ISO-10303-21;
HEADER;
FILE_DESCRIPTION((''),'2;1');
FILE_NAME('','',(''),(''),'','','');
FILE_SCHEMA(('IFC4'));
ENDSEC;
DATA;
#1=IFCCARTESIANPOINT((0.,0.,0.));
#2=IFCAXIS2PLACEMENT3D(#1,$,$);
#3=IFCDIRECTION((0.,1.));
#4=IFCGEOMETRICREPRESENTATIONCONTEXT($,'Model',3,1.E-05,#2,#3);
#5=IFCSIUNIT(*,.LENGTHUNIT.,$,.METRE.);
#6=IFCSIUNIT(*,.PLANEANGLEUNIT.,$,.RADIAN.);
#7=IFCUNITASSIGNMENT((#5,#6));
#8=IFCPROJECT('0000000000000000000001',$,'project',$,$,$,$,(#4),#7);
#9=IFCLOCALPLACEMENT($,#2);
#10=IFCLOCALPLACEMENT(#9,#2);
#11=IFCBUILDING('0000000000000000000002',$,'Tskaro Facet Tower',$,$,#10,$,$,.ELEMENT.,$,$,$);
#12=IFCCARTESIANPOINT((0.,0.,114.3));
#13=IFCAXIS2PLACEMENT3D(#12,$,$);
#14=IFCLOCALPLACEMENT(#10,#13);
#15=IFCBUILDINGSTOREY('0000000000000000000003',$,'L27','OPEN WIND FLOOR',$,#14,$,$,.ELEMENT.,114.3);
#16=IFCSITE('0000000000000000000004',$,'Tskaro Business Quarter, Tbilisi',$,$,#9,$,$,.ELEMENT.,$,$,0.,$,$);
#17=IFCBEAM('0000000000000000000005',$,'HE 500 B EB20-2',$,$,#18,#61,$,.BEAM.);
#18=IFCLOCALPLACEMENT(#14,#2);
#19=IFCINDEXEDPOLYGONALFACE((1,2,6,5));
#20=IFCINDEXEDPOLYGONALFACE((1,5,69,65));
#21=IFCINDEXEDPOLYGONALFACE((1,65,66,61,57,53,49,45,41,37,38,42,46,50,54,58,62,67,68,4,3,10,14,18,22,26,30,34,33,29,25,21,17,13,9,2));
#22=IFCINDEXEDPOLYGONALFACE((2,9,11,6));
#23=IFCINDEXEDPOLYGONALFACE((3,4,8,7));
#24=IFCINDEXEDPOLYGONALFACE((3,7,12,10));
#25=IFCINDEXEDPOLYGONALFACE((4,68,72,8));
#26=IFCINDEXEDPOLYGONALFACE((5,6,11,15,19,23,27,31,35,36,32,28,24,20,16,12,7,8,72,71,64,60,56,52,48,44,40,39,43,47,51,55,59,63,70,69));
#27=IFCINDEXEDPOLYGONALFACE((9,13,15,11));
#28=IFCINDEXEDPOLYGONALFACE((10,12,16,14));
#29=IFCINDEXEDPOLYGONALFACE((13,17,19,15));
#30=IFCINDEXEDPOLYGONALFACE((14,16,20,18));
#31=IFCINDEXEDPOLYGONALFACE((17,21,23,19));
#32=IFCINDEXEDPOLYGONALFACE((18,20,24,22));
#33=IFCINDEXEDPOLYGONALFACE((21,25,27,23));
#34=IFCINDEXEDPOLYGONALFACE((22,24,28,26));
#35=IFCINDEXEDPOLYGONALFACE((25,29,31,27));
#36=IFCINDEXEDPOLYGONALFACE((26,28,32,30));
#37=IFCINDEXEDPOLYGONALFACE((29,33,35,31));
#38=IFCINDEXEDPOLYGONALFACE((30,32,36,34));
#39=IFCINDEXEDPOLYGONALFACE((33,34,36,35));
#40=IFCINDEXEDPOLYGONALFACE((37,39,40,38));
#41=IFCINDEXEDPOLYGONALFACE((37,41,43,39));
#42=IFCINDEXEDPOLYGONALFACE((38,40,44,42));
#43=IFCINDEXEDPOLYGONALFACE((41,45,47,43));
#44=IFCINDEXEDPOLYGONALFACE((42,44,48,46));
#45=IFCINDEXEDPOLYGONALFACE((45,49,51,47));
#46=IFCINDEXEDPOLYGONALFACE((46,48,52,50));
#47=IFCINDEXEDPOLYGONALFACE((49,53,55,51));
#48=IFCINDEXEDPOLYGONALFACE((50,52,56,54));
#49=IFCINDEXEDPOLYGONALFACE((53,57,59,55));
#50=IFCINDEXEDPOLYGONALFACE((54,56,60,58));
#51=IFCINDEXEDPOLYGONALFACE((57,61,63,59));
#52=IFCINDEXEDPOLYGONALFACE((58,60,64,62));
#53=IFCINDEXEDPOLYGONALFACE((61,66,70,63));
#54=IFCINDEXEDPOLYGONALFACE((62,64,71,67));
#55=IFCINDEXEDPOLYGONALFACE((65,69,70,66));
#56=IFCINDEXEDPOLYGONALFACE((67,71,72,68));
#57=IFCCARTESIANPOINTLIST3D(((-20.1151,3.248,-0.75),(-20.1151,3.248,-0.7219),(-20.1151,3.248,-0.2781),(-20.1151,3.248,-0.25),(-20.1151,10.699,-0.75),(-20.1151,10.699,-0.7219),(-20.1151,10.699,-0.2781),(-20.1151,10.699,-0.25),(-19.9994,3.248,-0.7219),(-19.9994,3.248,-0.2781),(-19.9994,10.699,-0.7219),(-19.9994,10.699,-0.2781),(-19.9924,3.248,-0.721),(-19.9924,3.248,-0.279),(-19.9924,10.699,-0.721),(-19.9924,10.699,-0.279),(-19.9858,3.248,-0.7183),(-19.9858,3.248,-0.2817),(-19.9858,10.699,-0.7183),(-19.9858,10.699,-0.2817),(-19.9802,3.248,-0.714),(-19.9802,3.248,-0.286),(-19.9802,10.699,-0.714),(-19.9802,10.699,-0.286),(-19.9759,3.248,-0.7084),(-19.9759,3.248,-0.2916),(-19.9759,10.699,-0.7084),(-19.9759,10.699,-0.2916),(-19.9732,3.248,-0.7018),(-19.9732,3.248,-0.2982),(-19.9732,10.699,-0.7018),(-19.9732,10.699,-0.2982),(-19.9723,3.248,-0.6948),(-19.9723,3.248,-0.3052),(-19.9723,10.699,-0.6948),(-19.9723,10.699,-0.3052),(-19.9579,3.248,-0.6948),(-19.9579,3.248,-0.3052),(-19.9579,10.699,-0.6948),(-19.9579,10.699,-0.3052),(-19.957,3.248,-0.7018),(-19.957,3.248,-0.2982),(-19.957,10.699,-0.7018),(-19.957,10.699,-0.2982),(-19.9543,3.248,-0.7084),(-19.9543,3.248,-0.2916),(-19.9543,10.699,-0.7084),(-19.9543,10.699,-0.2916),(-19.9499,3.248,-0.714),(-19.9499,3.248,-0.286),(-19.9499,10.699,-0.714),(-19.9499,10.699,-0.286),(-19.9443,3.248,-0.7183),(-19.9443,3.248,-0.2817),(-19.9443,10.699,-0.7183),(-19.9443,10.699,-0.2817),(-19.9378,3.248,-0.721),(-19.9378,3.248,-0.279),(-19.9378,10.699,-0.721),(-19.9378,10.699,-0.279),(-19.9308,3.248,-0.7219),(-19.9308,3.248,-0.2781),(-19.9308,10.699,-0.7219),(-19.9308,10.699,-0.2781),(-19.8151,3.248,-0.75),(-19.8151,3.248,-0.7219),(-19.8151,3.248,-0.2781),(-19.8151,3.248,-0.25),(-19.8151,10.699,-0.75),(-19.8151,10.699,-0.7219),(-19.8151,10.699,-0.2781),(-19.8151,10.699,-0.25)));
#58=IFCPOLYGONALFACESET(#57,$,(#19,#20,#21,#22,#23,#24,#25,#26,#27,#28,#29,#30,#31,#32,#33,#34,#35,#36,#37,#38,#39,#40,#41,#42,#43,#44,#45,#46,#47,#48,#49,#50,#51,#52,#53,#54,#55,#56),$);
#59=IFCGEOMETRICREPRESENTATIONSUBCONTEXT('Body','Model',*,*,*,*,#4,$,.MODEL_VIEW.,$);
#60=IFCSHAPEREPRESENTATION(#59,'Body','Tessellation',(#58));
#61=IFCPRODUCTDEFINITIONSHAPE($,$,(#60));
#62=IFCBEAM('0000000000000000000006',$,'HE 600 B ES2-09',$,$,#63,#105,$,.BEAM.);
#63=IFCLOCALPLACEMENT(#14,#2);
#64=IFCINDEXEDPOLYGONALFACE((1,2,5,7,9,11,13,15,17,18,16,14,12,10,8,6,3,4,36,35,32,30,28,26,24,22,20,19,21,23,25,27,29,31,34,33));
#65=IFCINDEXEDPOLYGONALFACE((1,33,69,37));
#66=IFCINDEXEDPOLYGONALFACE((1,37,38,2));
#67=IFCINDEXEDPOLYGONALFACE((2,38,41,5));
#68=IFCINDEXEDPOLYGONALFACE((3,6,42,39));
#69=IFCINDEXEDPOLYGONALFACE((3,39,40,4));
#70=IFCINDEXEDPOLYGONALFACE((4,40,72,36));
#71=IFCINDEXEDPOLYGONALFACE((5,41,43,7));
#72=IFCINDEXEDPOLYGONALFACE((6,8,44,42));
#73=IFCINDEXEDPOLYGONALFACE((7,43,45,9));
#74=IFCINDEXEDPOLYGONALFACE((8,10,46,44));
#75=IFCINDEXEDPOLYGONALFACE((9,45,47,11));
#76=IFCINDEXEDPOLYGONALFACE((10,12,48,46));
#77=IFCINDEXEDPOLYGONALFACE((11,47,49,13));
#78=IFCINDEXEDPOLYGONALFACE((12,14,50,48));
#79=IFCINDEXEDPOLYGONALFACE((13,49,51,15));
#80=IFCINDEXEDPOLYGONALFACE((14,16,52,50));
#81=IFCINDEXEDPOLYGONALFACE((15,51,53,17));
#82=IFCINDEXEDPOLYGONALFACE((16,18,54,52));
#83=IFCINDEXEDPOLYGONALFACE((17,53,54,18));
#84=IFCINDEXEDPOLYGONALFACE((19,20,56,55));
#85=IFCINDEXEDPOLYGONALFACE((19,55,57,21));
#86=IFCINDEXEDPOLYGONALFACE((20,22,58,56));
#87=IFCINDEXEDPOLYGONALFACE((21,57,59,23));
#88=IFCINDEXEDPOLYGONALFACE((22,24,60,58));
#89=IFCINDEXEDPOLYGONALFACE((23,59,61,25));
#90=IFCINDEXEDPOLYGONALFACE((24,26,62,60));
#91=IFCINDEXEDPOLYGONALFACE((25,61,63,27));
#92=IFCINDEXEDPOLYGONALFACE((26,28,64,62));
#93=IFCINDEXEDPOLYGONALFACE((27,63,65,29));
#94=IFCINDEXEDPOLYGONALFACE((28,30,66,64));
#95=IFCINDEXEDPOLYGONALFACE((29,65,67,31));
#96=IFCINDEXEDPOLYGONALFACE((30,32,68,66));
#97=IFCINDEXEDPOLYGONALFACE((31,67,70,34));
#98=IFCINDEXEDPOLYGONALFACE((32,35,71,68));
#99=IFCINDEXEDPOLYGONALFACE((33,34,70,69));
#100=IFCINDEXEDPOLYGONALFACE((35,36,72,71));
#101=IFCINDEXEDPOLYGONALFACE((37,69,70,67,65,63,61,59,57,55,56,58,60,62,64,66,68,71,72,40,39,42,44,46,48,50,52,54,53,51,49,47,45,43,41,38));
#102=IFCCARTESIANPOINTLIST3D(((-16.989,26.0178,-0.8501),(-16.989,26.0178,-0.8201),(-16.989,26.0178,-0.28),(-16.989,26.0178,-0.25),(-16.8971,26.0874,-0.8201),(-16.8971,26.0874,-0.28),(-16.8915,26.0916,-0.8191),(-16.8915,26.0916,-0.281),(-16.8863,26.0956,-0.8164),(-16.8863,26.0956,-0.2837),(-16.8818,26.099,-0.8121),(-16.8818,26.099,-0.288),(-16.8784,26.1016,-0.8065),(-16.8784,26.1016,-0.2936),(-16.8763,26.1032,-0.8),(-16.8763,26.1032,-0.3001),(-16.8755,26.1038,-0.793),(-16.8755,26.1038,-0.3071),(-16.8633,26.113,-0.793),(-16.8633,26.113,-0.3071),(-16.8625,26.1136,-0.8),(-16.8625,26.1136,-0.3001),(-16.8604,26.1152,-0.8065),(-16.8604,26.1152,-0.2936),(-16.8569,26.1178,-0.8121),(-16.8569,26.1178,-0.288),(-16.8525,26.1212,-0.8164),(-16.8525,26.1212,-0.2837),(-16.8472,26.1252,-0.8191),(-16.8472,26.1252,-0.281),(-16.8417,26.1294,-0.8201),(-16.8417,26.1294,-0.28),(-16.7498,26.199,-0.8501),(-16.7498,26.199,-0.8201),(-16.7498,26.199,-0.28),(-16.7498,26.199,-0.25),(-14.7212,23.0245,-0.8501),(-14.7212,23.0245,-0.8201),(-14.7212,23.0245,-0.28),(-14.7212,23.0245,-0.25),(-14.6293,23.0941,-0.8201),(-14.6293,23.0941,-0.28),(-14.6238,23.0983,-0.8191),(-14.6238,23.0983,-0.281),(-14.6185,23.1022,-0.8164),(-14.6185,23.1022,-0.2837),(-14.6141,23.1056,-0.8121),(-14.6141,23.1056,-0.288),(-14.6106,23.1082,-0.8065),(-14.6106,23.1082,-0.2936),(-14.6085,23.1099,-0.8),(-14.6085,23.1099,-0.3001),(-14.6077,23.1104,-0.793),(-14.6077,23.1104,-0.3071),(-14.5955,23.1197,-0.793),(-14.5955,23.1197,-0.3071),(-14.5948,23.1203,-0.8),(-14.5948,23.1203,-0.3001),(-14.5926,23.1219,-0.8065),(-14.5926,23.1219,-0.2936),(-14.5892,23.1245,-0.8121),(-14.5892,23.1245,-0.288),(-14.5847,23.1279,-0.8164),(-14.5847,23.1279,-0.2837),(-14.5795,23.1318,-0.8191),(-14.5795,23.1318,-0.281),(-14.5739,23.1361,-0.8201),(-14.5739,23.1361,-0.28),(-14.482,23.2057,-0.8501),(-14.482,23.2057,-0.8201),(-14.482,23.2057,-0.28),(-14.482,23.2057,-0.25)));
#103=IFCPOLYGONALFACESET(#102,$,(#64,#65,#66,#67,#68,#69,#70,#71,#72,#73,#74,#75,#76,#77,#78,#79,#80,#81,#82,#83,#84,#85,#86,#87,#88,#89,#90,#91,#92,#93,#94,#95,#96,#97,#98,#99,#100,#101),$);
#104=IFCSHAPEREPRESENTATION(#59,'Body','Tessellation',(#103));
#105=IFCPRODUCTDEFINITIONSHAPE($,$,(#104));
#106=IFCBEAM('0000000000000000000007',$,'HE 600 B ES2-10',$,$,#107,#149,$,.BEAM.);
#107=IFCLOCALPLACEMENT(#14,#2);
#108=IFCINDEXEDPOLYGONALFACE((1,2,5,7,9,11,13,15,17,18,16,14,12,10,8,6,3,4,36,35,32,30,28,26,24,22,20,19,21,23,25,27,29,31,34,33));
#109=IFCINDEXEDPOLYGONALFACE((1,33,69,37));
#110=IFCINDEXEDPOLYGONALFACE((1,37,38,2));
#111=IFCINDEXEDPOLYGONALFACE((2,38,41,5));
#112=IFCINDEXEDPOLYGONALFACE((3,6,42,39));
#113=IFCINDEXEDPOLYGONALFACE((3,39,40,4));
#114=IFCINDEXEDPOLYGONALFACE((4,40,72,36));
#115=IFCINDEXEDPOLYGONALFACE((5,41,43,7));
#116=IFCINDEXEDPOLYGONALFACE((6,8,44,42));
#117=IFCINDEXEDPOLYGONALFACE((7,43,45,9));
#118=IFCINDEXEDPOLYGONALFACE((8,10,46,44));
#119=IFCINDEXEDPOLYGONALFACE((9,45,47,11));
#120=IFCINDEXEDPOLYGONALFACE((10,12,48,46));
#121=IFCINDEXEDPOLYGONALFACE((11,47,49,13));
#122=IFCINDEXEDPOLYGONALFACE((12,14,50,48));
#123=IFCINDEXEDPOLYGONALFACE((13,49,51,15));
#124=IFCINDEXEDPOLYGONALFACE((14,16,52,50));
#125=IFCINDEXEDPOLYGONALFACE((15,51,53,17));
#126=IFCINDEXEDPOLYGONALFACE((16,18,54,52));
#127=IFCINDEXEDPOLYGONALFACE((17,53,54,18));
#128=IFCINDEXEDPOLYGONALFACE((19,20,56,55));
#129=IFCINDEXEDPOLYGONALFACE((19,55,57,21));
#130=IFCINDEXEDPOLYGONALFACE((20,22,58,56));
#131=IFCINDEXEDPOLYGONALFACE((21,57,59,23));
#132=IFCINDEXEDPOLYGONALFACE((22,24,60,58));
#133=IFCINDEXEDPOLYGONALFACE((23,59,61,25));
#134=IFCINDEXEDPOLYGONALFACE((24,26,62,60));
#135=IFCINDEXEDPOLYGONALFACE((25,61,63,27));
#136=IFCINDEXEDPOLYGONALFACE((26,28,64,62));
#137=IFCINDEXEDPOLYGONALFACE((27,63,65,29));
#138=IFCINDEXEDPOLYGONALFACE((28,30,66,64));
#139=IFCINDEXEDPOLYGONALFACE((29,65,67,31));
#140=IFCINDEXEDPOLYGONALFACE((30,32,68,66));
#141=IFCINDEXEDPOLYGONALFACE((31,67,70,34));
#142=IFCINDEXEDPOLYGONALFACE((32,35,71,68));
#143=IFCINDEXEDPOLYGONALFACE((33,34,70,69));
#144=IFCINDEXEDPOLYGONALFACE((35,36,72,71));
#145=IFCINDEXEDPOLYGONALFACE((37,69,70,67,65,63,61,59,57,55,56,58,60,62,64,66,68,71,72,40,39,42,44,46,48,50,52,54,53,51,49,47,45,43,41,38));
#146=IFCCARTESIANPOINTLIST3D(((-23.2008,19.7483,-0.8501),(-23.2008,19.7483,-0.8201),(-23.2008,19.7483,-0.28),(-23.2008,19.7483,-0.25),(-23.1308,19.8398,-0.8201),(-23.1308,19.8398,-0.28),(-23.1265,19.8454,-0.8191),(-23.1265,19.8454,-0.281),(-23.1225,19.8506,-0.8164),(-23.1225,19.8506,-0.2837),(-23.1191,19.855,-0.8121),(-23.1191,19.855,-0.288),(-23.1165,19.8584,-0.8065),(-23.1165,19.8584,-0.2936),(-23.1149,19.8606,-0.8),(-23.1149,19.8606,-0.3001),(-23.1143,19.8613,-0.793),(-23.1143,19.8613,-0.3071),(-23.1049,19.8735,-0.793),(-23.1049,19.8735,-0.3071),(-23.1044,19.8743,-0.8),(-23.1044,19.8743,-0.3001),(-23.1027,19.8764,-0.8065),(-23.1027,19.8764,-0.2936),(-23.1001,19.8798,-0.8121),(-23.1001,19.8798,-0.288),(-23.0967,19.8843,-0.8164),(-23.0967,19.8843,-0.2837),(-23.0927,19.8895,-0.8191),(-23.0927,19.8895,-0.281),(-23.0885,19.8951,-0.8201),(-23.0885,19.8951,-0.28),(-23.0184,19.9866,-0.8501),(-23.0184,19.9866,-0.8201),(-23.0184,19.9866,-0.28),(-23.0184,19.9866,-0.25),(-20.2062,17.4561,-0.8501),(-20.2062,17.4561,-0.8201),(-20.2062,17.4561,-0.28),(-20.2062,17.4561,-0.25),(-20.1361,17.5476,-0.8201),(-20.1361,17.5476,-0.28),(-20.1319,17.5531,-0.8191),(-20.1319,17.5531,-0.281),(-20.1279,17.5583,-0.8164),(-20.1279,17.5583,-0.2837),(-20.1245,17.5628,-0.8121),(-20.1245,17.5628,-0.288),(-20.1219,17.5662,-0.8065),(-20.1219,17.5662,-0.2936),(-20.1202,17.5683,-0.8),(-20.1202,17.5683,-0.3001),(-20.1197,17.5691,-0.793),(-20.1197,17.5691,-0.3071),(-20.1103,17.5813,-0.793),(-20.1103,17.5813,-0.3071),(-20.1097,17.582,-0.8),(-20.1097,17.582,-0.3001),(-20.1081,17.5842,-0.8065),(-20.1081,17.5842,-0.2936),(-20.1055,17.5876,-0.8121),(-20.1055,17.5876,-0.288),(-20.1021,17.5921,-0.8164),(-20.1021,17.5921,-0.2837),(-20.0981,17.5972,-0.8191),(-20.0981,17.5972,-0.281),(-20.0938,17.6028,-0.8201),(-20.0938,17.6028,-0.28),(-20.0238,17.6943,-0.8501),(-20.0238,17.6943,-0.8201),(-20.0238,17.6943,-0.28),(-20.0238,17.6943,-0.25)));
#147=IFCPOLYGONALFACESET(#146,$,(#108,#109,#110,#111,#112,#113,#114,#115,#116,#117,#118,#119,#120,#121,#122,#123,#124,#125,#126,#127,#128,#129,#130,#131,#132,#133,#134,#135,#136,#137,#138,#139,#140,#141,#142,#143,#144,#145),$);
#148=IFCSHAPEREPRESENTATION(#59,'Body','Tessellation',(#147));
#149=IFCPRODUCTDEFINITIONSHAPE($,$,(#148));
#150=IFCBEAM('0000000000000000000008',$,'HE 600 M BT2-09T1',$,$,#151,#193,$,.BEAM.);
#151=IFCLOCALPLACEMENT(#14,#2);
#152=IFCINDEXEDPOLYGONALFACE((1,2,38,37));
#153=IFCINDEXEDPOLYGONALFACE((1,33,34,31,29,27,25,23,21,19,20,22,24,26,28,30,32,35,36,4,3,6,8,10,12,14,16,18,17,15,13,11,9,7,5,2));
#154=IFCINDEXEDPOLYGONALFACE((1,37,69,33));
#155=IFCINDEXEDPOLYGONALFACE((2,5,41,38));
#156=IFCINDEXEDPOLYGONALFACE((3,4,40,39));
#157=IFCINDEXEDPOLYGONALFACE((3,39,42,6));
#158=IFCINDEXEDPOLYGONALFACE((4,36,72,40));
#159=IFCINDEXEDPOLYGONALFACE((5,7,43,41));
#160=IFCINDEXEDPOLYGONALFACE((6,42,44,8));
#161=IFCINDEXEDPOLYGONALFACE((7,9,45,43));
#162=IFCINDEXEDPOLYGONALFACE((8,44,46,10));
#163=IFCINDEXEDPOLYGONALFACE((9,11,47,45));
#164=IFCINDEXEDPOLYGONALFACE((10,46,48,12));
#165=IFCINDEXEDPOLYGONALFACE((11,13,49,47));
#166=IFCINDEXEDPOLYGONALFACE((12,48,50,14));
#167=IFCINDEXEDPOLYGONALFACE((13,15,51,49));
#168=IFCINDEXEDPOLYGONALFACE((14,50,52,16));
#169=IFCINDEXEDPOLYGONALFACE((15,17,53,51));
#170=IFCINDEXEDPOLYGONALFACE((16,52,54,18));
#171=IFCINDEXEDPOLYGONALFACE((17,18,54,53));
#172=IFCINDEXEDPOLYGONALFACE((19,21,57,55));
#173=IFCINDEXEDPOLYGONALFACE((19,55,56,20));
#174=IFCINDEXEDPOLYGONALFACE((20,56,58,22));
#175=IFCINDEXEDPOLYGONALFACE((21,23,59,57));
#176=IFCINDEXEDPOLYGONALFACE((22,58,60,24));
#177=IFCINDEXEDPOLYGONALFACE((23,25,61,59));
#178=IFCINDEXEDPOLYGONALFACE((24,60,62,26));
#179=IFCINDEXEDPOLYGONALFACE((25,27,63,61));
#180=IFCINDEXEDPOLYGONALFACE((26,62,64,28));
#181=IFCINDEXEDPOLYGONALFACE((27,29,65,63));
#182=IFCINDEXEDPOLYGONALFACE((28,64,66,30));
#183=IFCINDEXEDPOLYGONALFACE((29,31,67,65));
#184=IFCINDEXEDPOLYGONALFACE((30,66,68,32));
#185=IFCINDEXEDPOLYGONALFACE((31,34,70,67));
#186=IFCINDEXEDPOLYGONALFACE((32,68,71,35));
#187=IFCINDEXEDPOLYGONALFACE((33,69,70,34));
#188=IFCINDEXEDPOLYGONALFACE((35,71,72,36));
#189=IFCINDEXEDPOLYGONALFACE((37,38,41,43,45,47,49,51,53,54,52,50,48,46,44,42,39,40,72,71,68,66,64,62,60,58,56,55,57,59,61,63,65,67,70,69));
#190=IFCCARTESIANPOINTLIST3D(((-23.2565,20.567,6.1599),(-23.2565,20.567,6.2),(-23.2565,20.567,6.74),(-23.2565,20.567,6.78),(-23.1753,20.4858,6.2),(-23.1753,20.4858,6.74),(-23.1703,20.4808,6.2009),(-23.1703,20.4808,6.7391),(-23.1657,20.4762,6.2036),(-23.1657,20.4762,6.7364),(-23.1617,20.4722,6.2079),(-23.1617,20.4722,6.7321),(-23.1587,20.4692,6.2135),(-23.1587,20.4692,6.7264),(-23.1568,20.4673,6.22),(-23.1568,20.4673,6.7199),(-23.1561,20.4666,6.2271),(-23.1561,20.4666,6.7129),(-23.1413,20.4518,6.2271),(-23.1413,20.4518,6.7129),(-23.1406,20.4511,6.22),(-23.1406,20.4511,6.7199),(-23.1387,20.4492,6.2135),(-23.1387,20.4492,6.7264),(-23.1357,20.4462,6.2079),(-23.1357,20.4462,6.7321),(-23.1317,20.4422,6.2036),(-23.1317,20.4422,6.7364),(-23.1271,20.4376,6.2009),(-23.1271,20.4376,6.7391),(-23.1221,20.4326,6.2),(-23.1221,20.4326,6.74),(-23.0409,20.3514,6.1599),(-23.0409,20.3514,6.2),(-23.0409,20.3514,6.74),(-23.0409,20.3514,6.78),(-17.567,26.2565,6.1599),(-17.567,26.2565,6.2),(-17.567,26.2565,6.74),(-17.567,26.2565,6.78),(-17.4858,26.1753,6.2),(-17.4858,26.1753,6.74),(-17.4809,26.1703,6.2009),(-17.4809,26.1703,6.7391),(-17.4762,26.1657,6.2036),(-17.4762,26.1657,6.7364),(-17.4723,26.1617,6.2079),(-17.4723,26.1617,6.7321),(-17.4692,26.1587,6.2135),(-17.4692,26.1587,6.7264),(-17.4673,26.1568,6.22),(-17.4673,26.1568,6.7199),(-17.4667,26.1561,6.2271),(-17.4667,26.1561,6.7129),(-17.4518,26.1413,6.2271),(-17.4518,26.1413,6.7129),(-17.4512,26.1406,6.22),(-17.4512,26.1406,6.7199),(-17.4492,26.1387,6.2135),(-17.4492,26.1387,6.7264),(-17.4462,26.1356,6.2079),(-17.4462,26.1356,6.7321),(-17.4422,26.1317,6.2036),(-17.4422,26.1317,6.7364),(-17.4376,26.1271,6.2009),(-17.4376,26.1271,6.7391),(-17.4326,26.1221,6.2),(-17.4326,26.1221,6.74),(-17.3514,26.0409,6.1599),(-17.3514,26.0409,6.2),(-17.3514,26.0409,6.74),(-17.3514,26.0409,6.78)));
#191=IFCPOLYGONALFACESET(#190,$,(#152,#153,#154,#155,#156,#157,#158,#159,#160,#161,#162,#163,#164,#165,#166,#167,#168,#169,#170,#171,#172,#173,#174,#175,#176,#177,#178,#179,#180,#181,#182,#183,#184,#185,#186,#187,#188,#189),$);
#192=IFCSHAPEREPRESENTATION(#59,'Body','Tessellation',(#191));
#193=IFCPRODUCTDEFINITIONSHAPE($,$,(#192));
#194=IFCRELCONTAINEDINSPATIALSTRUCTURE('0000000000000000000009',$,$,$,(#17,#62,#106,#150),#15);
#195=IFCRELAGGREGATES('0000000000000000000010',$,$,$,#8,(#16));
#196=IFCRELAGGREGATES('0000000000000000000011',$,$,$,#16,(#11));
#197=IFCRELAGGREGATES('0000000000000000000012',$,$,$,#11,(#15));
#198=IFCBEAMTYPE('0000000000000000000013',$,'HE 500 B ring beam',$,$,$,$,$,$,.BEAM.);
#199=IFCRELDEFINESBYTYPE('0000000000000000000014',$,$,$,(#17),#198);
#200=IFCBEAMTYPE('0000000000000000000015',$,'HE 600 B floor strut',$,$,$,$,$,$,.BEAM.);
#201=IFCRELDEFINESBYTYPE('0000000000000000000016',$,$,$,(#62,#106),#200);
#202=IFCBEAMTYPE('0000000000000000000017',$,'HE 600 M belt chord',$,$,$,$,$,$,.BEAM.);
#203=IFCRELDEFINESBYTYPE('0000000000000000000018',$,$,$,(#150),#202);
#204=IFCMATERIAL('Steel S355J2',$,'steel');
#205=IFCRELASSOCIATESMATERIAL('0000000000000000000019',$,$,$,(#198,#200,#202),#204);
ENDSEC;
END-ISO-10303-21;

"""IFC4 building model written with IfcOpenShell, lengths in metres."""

from ifc_helpers import new_model, si_unit, direction, frame, origin, origin_2d, place, context, subcontext, project, spatial, i_section, extrude, material, material_profile, profile_set, type_object, element, save


model = new_model("IFC4")

# Units and contexts
model_context = context("Model", 3, precision=1e-05, world=origin(), true_north=direction((0.0, 1.0)))
body_context = subcontext(model_context, "Body", "Model", "MODEL_VIEW")
ifc_project = project(units=[si_unit("LENGTHUNIT", "METRE"), si_unit("PLANEANGLEUNIT", "RADIAN")], contexts=[model_context])

# Site, building, storey
site_placement = place(None, origin())
site = spatial("IfcSite", under=ifc_project, at=site_placement, Name="Tskaro Business Quarter, Tbilisi", CompositionType="ELEMENT", RefElevation=0.0)
building_placement = place(site_placement, origin())
building = spatial("IfcBuilding", under=site, at=building_placement, Name="Tskaro Facet Tower", CompositionType="ELEMENT")
storey_placement = place(building_placement, frame((0.0, 0.0, 114.3)))
storey = spatial("IfcBuildingStorey", under=building, at=storey_placement, Name="L27", Description="OPEN WIND FLOOR", CompositionType="ELEMENT", Elevation=114.3)

# Shared definitions
ifc_material_1 = material(Name="Steel S355J2", Category="steel")

# Beams
ifc_material_profile_1 = material_profile(ifc_material_1, i_section(OverallWidth=0.3, OverallDepth=0.5, WebThickness=0.0144, FlangeThickness=0.0281, FilletRadius=0.0271, at=origin_2d()), Name="HE 500 B")
ifc_profile_set_1 = profile_set([ifc_material_profile_1], Name="Steel S355J2")
beam_type_1 = type_object("IfcBeamType", Name="HE 500 B ring beam", PredefinedType="BEAM", material=ifc_profile_set_1)
for number, where, z_axis, x_axis, name in (
    (1, (-19.9651, 10.699, -0.5), (0.0, -1.0, 0.0), (1.0, 0.0, 0.0), "HE 500 B EB20-2"),
):
    element("IfcBeam", number, at=place(storey_placement, frame(where, z_axis=z_axis, x_axis=x_axis)), inside=storey, type_object=beam_type_1, Name=name, PredefinedType="BEAM", context=body_context, shape_type="SweptSolid", body=[
        extrude(i_section(OverallWidth=0.3, OverallDepth=0.5, WebThickness=0.0144, FlangeThickness=0.0281, FilletRadius=0.0271, at=origin_2d()), origin(), (0.0, 0.0, 1.0), 7.4509),
    ])
ifc_material_profile_2 = material_profile(ifc_material_1, i_section(OverallWidth=0.3, OverallDepth=0.6001, WebThickness=0.0154, FlangeThickness=0.03, FilletRadius=0.0271, at=origin_2d()), Name="HE 600 B")
ifc_profile_set_2 = profile_set([ifc_material_profile_2], Name="Steel S355J2")
beam_type_2 = type_object("IfcBeamType", Name="HE 600 B floor strut", PredefinedType="BEAM", material=ifc_profile_set_2)
beam_1_placement = place(storey_placement, frame((-16.8694, 26.1084, -0.55), z_axis=(0.603873, -0.797081, 0.0), x_axis=(0.797081, 0.603873, 0.0)))
element("IfcBeam", 2, at=beam_1_placement, inside=storey, type_object=beam_type_2, Name="HE 600 B ES2-09", PredefinedType="BEAM", context=body_context, shape_type="SweptSolid", body=[
    extrude(i_section(OverallWidth=0.3, OverallDepth=0.6001, WebThickness=0.0154, FlangeThickness=0.03, FilletRadius=0.0271, at=origin_2d()), origin(), (0.0, 0.0, 1.0), 3.7554),
])
beam_2_placement = place(storey_placement, frame((-23.1096, 19.8674, -0.55), z_axis=(0.794073, -0.607822, 0.0), x_axis=(0.607822, 0.794073, 0.0)))
element("IfcBeam", 3, at=beam_2_placement, inside=storey, type_object=beam_type_2, Name="HE 600 B ES2-10", PredefinedType="BEAM", context=body_context, shape_type="SweptSolid", body=[
    extrude(i_section(OverallWidth=0.3, OverallDepth=0.6001, WebThickness=0.0154, FlangeThickness=0.03, FilletRadius=0.0271, at=origin_2d()), origin(), (0.0, 0.0, 1.0), 3.7712),
])
ifc_material_profile_3 = material_profile(ifc_material_1, i_section(OverallWidth=0.3049, OverallDepth=0.6201, WebThickness=0.021, FlangeThickness=0.04, FilletRadius=0.0271, at=origin_2d()), Name="HE 600 M")
ifc_profile_set_3 = profile_set([ifc_material_profile_3], Name="Steel S355J2")
beam_type_3 = type_object("IfcBeamType", Name="HE 600 M belt chord", PredefinedType="BEAM", material=ifc_profile_set_3)
for number, where, z_axis, x_axis, name in (
    (4, (-17.4592, 26.1487, 6.47), (-0.707107, -0.707107, 0.0), (0.707107, -0.707107, 0.0), "HE 600 M BT2-09T1"),
):
    element("IfcBeam", number, at=place(storey_placement, frame(where, z_axis=z_axis, x_axis=x_axis)), inside=storey, type_object=beam_type_3, Name=name, PredefinedType="BEAM", context=body_context, shape_type="SweptSolid", body=[
        extrude(i_section(OverallWidth=0.3049, OverallDepth=0.6201, WebThickness=0.021, FlangeThickness=0.04, FilletRadius=0.0271, at=origin_2d()), origin(), (0.0, 0.0, 1.0), 8.0461),
    ])

save(model, "model.ifc")
